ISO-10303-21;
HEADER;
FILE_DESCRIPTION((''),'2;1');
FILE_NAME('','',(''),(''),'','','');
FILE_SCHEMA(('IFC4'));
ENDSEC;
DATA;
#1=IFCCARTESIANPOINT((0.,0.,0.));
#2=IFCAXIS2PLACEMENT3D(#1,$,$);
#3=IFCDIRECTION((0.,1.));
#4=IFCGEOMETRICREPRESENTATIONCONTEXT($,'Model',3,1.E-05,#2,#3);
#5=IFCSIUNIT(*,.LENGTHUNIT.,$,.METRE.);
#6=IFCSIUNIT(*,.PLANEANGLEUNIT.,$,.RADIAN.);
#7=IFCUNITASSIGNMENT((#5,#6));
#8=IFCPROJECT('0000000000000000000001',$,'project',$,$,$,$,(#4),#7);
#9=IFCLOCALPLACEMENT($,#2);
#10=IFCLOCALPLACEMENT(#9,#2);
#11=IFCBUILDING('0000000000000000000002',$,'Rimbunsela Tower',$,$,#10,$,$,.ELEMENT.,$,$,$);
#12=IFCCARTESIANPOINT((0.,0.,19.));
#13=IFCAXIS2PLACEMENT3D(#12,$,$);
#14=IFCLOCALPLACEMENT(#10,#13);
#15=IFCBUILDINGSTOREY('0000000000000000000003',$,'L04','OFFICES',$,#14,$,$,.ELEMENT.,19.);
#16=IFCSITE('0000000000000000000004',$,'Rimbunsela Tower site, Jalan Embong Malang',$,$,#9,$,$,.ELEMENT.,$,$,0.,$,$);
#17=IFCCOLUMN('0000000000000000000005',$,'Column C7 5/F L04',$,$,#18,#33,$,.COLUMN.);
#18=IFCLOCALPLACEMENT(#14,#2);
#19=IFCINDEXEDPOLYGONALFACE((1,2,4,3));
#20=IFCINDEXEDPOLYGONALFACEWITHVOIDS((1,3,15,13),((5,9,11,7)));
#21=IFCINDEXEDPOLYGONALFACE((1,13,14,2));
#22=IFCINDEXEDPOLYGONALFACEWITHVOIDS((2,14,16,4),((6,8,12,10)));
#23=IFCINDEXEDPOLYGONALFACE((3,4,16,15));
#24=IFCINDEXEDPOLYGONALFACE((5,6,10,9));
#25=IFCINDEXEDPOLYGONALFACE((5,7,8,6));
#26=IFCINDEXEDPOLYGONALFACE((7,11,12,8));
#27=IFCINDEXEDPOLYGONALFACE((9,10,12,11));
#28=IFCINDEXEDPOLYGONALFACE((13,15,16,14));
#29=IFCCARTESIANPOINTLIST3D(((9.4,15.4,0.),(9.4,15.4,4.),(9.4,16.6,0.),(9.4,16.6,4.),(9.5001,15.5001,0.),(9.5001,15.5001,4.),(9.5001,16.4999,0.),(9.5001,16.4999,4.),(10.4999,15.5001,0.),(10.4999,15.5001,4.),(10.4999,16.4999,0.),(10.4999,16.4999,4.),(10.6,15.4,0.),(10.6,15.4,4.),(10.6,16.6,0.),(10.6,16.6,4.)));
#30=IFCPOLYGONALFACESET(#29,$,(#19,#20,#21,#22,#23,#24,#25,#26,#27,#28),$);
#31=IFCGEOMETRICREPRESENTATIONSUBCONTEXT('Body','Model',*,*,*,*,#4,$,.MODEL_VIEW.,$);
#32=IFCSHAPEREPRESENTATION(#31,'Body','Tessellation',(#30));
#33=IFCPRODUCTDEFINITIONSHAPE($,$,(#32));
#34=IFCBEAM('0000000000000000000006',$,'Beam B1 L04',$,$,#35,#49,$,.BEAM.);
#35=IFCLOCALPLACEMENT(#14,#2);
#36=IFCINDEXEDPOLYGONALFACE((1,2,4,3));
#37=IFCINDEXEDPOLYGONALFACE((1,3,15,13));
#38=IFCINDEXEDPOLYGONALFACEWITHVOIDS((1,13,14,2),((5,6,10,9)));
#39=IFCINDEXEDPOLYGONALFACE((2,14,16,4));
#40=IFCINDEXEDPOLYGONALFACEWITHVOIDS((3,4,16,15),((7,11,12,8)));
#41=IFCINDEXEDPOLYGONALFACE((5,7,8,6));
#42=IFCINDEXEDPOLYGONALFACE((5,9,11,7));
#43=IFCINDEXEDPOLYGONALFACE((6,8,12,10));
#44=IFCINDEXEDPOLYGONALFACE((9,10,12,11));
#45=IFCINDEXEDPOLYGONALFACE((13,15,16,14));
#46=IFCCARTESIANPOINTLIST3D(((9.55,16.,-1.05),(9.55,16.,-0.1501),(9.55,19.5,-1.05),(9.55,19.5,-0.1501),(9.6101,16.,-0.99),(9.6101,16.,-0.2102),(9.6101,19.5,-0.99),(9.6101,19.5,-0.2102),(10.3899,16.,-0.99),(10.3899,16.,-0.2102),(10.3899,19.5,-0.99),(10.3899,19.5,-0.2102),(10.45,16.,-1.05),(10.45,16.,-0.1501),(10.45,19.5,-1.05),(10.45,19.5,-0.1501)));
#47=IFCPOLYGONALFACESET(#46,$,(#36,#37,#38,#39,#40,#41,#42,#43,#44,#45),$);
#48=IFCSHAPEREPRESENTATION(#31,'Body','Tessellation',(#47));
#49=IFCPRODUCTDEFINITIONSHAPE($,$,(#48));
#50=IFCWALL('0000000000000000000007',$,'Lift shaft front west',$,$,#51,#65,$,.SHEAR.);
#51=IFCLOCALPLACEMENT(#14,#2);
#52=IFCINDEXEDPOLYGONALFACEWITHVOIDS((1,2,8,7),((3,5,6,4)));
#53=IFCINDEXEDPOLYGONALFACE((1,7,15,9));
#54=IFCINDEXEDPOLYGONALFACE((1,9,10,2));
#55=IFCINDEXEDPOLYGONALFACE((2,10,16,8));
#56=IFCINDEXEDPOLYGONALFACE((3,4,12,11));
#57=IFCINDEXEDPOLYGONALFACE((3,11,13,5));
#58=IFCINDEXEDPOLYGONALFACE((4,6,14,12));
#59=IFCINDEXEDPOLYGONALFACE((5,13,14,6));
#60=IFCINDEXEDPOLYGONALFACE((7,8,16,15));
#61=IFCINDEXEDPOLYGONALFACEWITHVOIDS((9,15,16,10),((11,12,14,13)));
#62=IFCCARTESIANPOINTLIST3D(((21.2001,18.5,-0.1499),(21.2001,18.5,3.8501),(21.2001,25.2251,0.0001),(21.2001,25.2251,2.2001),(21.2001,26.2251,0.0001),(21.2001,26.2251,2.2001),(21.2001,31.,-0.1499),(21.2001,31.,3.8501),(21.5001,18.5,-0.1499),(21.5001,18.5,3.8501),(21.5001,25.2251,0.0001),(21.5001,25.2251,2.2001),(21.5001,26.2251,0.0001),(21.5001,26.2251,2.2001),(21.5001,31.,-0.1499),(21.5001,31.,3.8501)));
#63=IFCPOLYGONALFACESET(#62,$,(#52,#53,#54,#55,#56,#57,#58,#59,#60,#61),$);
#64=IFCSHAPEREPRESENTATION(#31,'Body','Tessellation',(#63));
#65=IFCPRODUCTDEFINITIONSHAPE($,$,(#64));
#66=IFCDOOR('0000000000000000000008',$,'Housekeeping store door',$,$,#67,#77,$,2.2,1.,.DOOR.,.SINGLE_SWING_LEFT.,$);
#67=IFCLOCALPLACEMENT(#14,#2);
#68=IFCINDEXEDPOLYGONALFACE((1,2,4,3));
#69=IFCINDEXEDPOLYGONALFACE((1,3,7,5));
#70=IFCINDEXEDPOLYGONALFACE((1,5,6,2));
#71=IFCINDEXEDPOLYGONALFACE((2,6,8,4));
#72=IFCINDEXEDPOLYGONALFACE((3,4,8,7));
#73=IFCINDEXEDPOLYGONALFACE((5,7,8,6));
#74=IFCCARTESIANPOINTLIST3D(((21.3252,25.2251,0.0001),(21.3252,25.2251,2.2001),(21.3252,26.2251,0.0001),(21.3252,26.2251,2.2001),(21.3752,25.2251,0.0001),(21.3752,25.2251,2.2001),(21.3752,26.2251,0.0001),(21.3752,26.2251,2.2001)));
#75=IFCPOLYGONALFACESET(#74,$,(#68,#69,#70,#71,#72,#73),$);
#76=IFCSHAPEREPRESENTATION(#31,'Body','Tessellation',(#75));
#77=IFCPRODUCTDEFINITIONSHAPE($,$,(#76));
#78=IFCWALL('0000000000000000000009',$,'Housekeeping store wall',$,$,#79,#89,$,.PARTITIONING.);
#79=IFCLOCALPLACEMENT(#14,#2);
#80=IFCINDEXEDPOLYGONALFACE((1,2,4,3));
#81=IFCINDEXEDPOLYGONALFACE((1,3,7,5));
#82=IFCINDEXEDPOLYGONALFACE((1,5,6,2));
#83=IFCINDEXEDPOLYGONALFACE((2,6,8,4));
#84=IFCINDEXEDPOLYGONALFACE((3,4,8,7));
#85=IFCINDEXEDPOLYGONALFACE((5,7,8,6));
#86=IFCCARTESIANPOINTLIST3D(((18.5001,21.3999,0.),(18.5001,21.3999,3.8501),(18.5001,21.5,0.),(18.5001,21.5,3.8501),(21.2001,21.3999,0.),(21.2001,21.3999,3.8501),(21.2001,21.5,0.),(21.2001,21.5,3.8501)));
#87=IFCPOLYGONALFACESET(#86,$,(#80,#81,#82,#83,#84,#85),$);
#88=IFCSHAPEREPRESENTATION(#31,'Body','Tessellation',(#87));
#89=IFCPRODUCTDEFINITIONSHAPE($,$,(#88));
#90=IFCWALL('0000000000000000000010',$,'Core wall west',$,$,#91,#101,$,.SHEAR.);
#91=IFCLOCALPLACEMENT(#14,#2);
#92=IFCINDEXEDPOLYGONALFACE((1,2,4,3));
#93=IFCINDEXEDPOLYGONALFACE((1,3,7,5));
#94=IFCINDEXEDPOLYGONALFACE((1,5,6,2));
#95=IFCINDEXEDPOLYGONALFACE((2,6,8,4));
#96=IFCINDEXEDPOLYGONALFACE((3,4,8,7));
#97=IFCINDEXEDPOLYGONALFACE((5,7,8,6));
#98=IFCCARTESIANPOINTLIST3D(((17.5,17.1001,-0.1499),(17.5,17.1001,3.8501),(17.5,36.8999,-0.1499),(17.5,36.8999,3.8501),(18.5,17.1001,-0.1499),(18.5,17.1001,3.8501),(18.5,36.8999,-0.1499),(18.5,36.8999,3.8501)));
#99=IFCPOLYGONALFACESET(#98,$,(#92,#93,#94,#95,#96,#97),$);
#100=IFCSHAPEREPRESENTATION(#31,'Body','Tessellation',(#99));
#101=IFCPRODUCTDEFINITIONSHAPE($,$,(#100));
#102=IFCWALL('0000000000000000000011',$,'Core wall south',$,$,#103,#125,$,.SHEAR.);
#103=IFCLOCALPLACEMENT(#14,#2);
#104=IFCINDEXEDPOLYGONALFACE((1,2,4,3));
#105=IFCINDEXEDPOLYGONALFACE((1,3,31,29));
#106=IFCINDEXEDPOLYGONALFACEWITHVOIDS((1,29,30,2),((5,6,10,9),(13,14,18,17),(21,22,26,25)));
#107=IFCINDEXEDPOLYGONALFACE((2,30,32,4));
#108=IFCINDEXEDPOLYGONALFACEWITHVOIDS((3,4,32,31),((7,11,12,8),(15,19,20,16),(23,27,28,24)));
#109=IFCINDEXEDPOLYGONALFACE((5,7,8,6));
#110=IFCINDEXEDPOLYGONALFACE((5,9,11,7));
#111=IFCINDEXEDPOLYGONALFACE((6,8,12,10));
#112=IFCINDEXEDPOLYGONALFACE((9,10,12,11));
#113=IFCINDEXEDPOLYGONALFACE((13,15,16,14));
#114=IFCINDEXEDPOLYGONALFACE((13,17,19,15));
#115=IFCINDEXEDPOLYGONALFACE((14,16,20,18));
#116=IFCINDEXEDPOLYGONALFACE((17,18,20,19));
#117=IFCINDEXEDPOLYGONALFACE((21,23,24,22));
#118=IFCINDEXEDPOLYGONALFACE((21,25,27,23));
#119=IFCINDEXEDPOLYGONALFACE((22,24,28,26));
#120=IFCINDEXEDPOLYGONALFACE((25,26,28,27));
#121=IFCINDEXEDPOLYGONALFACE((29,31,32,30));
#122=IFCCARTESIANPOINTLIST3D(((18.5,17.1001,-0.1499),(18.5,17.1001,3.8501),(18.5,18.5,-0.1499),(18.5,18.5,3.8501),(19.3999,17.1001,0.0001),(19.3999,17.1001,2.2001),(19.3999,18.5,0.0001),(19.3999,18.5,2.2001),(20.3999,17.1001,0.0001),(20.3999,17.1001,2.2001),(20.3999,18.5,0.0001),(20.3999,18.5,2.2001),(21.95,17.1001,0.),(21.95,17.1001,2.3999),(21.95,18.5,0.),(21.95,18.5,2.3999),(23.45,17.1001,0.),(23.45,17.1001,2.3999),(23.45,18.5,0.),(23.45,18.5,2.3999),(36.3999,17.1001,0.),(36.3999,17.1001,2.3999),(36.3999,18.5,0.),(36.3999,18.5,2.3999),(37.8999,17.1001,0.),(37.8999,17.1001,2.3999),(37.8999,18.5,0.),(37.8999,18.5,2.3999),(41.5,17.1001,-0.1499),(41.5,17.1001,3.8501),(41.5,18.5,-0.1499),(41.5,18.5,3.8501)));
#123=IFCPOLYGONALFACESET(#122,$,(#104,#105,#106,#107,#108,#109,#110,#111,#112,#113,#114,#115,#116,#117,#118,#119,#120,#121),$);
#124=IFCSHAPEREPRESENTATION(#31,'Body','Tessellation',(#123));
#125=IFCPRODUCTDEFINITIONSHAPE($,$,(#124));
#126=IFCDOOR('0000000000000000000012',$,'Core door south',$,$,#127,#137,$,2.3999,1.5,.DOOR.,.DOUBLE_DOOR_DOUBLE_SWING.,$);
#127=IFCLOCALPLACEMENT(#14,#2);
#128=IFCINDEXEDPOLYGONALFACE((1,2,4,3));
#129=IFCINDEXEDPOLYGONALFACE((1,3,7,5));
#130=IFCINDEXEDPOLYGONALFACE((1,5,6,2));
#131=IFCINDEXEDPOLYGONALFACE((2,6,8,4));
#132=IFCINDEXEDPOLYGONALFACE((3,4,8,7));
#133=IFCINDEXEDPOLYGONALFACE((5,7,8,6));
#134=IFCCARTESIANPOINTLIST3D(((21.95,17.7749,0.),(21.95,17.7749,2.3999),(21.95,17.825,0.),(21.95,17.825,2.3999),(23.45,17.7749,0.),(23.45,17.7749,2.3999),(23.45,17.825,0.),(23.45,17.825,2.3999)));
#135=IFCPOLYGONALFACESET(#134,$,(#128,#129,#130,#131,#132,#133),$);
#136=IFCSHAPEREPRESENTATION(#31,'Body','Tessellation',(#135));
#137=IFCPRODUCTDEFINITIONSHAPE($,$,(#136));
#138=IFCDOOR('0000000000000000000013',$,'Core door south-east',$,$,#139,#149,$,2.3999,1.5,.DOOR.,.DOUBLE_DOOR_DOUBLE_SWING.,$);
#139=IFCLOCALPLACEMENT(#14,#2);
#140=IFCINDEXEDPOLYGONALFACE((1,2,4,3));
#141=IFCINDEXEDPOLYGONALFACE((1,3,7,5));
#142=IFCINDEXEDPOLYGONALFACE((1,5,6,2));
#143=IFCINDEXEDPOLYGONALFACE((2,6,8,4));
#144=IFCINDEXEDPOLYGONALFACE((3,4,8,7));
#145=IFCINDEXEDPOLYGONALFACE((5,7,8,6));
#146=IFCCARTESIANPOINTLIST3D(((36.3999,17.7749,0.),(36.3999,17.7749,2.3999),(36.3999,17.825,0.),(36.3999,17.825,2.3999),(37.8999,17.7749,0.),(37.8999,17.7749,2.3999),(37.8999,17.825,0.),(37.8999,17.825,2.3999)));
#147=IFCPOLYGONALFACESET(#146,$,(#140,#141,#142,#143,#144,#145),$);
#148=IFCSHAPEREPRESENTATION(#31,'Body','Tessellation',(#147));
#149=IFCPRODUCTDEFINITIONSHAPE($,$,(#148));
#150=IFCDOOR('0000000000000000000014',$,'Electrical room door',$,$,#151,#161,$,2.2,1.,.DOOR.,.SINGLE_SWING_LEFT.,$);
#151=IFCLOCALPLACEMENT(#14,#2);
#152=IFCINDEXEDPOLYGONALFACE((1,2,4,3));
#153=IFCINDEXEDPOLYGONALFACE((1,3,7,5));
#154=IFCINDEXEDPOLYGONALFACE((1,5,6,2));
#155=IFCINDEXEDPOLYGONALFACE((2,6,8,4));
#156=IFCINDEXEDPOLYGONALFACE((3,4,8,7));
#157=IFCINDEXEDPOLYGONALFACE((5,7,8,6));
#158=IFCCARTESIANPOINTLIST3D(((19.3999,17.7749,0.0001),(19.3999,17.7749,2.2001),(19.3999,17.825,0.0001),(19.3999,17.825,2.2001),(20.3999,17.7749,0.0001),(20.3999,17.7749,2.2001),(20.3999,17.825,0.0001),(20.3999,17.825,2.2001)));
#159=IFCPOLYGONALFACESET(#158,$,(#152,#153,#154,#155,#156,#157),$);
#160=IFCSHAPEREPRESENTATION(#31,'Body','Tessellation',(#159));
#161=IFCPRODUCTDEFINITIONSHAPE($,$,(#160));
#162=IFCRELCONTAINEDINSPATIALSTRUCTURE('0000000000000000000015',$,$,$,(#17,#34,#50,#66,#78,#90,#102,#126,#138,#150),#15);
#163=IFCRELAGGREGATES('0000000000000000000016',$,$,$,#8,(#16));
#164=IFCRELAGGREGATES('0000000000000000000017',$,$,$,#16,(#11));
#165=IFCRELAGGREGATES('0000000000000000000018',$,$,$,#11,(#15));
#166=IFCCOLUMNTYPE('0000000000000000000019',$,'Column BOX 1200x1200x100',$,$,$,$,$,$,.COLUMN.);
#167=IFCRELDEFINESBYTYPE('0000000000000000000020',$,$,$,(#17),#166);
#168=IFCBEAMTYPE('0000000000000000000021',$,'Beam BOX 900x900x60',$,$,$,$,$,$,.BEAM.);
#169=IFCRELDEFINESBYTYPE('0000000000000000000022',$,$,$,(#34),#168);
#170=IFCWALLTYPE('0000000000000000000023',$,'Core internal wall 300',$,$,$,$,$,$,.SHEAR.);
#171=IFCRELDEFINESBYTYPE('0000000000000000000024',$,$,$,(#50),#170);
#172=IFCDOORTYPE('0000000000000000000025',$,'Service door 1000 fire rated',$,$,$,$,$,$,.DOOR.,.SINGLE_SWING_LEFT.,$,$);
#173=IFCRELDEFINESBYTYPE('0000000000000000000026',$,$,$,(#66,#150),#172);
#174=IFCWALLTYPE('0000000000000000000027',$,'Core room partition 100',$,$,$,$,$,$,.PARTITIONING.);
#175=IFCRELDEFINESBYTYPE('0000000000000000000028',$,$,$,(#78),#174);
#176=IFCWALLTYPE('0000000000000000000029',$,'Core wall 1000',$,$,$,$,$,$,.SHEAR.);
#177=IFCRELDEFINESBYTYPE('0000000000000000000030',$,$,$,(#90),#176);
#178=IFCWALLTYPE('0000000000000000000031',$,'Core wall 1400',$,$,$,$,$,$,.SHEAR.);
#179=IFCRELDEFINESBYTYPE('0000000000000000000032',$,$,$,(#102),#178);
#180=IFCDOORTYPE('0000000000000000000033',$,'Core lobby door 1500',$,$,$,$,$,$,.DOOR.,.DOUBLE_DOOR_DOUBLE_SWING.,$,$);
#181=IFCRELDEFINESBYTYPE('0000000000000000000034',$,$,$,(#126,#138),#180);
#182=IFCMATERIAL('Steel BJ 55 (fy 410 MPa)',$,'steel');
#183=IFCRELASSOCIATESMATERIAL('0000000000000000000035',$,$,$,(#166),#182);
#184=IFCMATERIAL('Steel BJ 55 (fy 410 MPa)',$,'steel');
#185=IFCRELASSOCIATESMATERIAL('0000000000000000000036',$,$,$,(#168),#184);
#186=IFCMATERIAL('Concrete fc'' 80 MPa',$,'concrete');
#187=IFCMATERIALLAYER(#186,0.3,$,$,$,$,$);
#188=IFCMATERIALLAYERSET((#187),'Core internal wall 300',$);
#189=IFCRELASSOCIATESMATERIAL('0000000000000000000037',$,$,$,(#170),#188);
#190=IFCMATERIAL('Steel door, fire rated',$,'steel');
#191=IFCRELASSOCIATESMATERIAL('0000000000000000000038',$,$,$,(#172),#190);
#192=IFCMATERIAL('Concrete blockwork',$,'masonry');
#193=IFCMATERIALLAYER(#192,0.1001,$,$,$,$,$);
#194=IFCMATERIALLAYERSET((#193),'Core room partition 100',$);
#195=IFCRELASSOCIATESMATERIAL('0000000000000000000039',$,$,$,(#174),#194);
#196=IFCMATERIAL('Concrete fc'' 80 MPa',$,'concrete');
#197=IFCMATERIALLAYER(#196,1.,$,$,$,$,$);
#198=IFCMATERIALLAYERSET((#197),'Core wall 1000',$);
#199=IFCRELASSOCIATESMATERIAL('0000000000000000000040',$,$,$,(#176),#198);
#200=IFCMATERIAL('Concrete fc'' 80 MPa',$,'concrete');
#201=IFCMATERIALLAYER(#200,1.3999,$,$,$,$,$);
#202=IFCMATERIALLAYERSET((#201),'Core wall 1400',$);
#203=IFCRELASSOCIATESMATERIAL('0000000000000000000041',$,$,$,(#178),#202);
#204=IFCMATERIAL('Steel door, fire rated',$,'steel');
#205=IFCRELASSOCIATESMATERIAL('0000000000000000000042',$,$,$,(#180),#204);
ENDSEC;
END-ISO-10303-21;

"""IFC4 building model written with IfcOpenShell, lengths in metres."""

from ifc_helpers import new_model, si_unit, direction, frame, frame_2d, origin, origin_2d, place, context, subcontext, project, spatial, rectangle, hollow_rectangle, extrude, material, layer, layer_set, material_profile, profile_set, type_object, element, fill, save


model = new_model("IFC4")

# Units and contexts
model_context = context("Model", 3, precision=1e-05, world=origin(), true_north=direction((0.0, 1.0)))
body_context = subcontext(model_context, "Body", "Model", "MODEL_VIEW")
ifc_project = project(units=[si_unit("LENGTHUNIT", "METRE"), si_unit("PLANEANGLEUNIT", "RADIAN")], contexts=[model_context])

# Site, building, storey
site_placement = place(None, origin())
site = spatial("IfcSite", under=ifc_project, at=site_placement, Name="Rimbunsela Tower site, Jalan Embong Malang", CompositionType="ELEMENT", RefElevation=0.0)
building_placement = place(site_placement, origin())
building = spatial("IfcBuilding", under=site, at=building_placement, Name="Rimbunsela Tower", CompositionType="ELEMENT")
storey_placement = place(building_placement, frame((0.0, 0.0, 19.0)))
storey = spatial("IfcBuildingStorey", under=building, at=storey_placement, Name="L04", Description="OFFICES", CompositionType="ELEMENT", Elevation=19.0)

# Column
ifc_material_1 = material(Name="Steel BJ 55 (fy 410 MPa)", Category="steel")
ifc_material_profile_1 = material_profile(ifc_material_1, hollow_rectangle(XDim=1.2, YDim=1.2, WallThickness=0.1001, at=origin_2d()), Name="BOX 1200x1200x100")
ifc_profile_set_1 = profile_set([ifc_material_profile_1], Name="Steel BJ 55 (fy 410 MPa)")
column_type = type_object("IfcColumnType", Name="Column BOX 1200x1200x100", PredefinedType="COLUMN", material=ifc_profile_set_1)
column_placement = place(storey_placement, frame((10.0, 16.0, 0.0), z_axis=(0.0, 0.0, 1.0), x_axis=(1.0, 0.0, 0.0)))
element("IfcColumn", 1, at=column_placement, inside=storey, type_object=column_type, Name="Column C7 5/F L04", PredefinedType="COLUMN", context=body_context, shape_type="SweptSolid", body=[
    extrude(hollow_rectangle(XDim=1.2, YDim=1.2, WallThickness=0.1001, at=origin_2d()), origin(), (0.0, 0.0, 1.0), 4.0),
])

# Beam
ifc_material_2 = material(Name="Steel BJ 55 (fy 410 MPa)", Category="steel")
ifc_material_profile_2 = material_profile(ifc_material_2, hollow_rectangle(XDim=0.8999, YDim=0.8999, WallThickness=0.0601, at=origin_2d()), Name="BOX 900x900x60")
ifc_profile_set_2 = profile_set([ifc_material_profile_2], Name="Steel BJ 55 (fy 410 MPa)")
beam_type = type_object("IfcBeamType", Name="Beam BOX 900x900x60", PredefinedType="BEAM", material=ifc_profile_set_2)
beam_placement = place(storey_placement, frame((10.0, 16.0, -0.6001), z_axis=(0.0, 1.0, 0.0), x_axis=(-1.0, 0.0, 0.0)))
element("IfcBeam", 2, at=beam_placement, inside=storey, type_object=beam_type, Name="Beam B1 L04", PredefinedType="BEAM", context=body_context, shape_type="SweptSolid", body=[
    extrude(hollow_rectangle(XDim=0.8999, YDim=0.8999, WallThickness=0.0601, at=origin_2d()), origin(), (0.0, 0.0, 1.0), 3.5),
])

# Wall, opening, door
ifc_material_3 = material(Name="Concrete fc' 80 MPa", Category="concrete")
ifc_layer_1 = layer(ifc_material_3, 0.3)
ifc_layer_set_1 = layer_set([ifc_layer_1], Name="Core internal wall 300")
wall_type_1 = type_object("IfcWallType", Name="Core internal wall 300", PredefinedType="SHEAR", material=ifc_layer_set_1)
wall_1_placement = place(storey_placement, frame((21.3501, 18.5, -0.1499), z_axis=(0.0, 0.0, 1.0), x_axis=(0.0, 1.0, 0.0)))
wall_1 = element("IfcWall", 3, at=wall_1_placement, inside=storey, type_object=wall_type_1, Name="Lift shaft front west", PredefinedType="SHEAR", context=body_context, shape_type="SweptSolid", body=[
    extrude(rectangle(XDim=12.5, YDim=0.3, at=frame_2d((6.25, 0.0))), origin(), (0.0, 0.0, 1.0), 4.0),
])
opening_1_placement = place(wall_1_placement, frame((6.7251, 0.0, 0.1499)))
opening_1 = element("IfcOpeningElement", 4, at=opening_1_placement, cuts=wall_1, PredefinedType="OPENING", context=body_context, shape_type="SweptSolid", body=[
    extrude(rectangle(XDim=1.0, YDim=2.2, at=frame_2d((0.5, 1.1001))), frame((0.0, 0.1599, 0.0), z_axis=(0.0, -1.0, 0.0), x_axis=(1.0, 0.0, 0.0)), (0.0, 0.0, 1.0), 0.3201),
])
ifc_material_4 = material(Name="Steel door, fire rated", Category="steel")
door_type_1 = type_object("IfcDoorType", Name="Service door 1000 fire rated", OperationType="SINGLE_SWING_LEFT", PredefinedType="DOOR", material=ifc_material_4)
door_1_placement = place(opening_1_placement, origin())
door_1 = element("IfcDoor", 5, at=door_1_placement, inside=storey, type_object=door_type_1, Name="Housekeeping store door", OperationType="SINGLE_SWING_LEFT", OverallHeight=2.2, OverallWidth=1.0, PredefinedType="DOOR", context=body_context, shape_type="SweptSolid", body=[
    extrude(rectangle(XDim=1.0, YDim=2.2, at=frame_2d((0.5, 1.1001))), frame((0.0, 0.0249, 0.0), z_axis=(0.0, -1.0, 0.0), x_axis=(1.0, 0.0, 0.0)), (0.0, 0.0, 1.0), 0.05),
])
fill(opening_1, door_1)

# Walls
ifc_material_5 = material(Name="Concrete blockwork", Category="masonry")
ifc_layer_2 = layer(ifc_material_5, 0.1001)
ifc_layer_set_2 = layer_set([ifc_layer_2], Name="Core room partition 100")
wall_type_2 = type_object("IfcWallType", Name="Core room partition 100", PredefinedType="PARTITIONING", material=ifc_layer_set_2)
wall_2_placement = place(storey_placement, frame((18.5, 21.45, 0.0), z_axis=(0.0, 0.0, 1.0), x_axis=(1.0, 0.0, 0.0)))
element("IfcWall", 6, at=wall_2_placement, inside=storey, type_object=wall_type_2, Name="Housekeeping store wall", PredefinedType="PARTITIONING", context=body_context, shape_type="SweptSolid", body=[
    extrude(rectangle(XDim=2.7, YDim=0.1001, at=frame_2d((1.3501, 0.0))), origin(), (0.0, 0.0, 1.0), 3.8501),
])
ifc_material_6 = material(Name="Concrete fc' 80 MPa", Category="concrete")
ifc_layer_3 = layer(ifc_material_6, 1.0)
ifc_layer_set_3 = layer_set([ifc_layer_3], Name="Core wall 1000")
wall_type_3 = type_object("IfcWallType", Name="Core wall 1000", PredefinedType="SHEAR", material=ifc_layer_set_3)
wall_3_placement = place(storey_placement, frame((18.0, 17.1001, -0.1499), z_axis=(0.0, 0.0, 1.0), x_axis=(0.0, 1.0, 0.0)))
element("IfcWall", 7, at=wall_3_placement, inside=storey, type_object=wall_type_3, Name="Core wall west", PredefinedType="SHEAR", context=body_context, shape_type="SweptSolid", body=[
    extrude(rectangle(XDim=19.7998, YDim=1.0, at=frame_2d((9.8999, 0.0))), origin(), (0.0, 0.0, 1.0), 4.0),
])

# Wall, openings, doors
ifc_material_7 = material(Name="Concrete fc' 80 MPa", Category="concrete")
ifc_layer_4 = layer(ifc_material_7, 1.3999)
ifc_layer_set_4 = layer_set([ifc_layer_4], Name="Core wall 1400")
wall_type_4 = type_object("IfcWallType", Name="Core wall 1400", PredefinedType="SHEAR", material=ifc_layer_set_4)
wall_4_placement = place(storey_placement, frame((18.5, 17.8, -0.1499), z_axis=(0.0, 0.0, 1.0), x_axis=(1.0, 0.0, 0.0)))
wall_4 = element("IfcWall", 8, at=wall_4_placement, inside=storey, type_object=wall_type_4, Name="Core wall south", PredefinedType="SHEAR", context=body_context, shape_type="SweptSolid", body=[
    extrude(rectangle(XDim=23.0, YDim=1.3999, at=frame_2d((11.5, 0.0))), origin(), (0.0, 0.0, 1.0), 4.0),
])
opening_2_placement = place(wall_4_placement, frame((3.45, 0.0, 0.1499)))
opening_2 = element("IfcOpeningElement", 9, at=opening_2_placement, cuts=wall_4, PredefinedType="OPENING", context=body_context, shape_type="SweptSolid", body=[
    extrude(rectangle(XDim=1.5, YDim=2.3999, at=frame_2d((0.75, 1.2))), frame((0.0, 0.71, 0.0), z_axis=(0.0, -1.0, 0.0), x_axis=(1.0, 0.0, 0.0)), (0.0, 0.0, 1.0), 1.4199),
])
opening_3_placement = place(wall_4_placement, frame((17.8999, 0.0, 0.1499)))
opening_3 = element("IfcOpeningElement", 10, at=opening_3_placement, cuts=wall_4, PredefinedType="OPENING", context=body_context, shape_type="SweptSolid", body=[
    extrude(rectangle(XDim=1.5, YDim=2.3999, at=frame_2d((0.75, 1.2))), frame((0.0, 0.71, 0.0), z_axis=(0.0, -1.0, 0.0), x_axis=(1.0, 0.0, 0.0)), (0.0, 0.0, 1.0), 1.4199),
])
opening_4_placement = place(wall_4_placement, frame((0.8999, 0.0, 0.1499)))
opening_4 = element("IfcOpeningElement", 11, at=opening_4_placement, cuts=wall_4, PredefinedType="OPENING", context=body_context, shape_type="SweptSolid", body=[
    extrude(rectangle(XDim=1.0, YDim=2.2, at=frame_2d((0.5, 1.1001))), frame((0.0, 0.71, 0.0), z_axis=(0.0, -1.0, 0.0), x_axis=(1.0, 0.0, 0.0)), (0.0, 0.0, 1.0), 1.4199),
])
ifc_material_8 = material(Name="Steel door, fire rated", Category="steel")
door_type_2 = type_object("IfcDoorType", Name="Core lobby door 1500", OperationType="DOUBLE_DOOR_DOUBLE_SWING", PredefinedType="DOOR", material=ifc_material_8)
door_2_placement = place(opening_2_placement, origin())
door_2 = element("IfcDoor", 12, at=door_2_placement, inside=storey, type_object=door_type_2, Name="Core door south", OperationType="DOUBLE_DOOR_DOUBLE_SWING", OverallHeight=2.3999, OverallWidth=1.5, PredefinedType="DOOR", context=body_context, shape_type="SweptSolid", body=[
    extrude(rectangle(XDim=1.5, YDim=2.3999, at=frame_2d((0.75, 1.2))), frame((0.0, 0.0249, 0.0), z_axis=(0.0, -1.0, 0.0), x_axis=(1.0, 0.0, 0.0)), (0.0, 0.0, 1.0), 0.05),
])
fill(opening_2, door_2)
door_3_placement = place(opening_3_placement, origin())
door_3 = element("IfcDoor", 13, at=door_3_placement, inside=storey, type_object=door_type_2, Name="Core door south-east", OperationType="DOUBLE_DOOR_DOUBLE_SWING", OverallHeight=2.3999, OverallWidth=1.5, PredefinedType="DOOR", context=body_context, shape_type="SweptSolid", body=[
    extrude(rectangle(XDim=1.5, YDim=2.3999, at=frame_2d((0.75, 1.2))), frame((0.0, 0.0249, 0.0), z_axis=(0.0, -1.0, 0.0), x_axis=(1.0, 0.0, 0.0)), (0.0, 0.0, 1.0), 0.05),
])
fill(opening_3, door_3)
door_4_placement = place(opening_4_placement, origin())
door_4 = element("IfcDoor", 14, at=door_4_placement, inside=storey, type_object=door_type_1, Name="Electrical room door", OperationType="SINGLE_SWING_LEFT", OverallHeight=2.2, OverallWidth=1.0, PredefinedType="DOOR", context=body_context, shape_type="SweptSolid", body=[
    extrude(rectangle(XDim=1.0, YDim=2.2, at=frame_2d((0.5, 1.1001))), frame((0.0, 0.0249, 0.0), z_axis=(0.0, -1.0, 0.0), x_axis=(1.0, 0.0, 0.0)), (0.0, 0.0, 1.0), 0.05),
])
fill(opening_4, door_4)

save(model, "model.ifc")
